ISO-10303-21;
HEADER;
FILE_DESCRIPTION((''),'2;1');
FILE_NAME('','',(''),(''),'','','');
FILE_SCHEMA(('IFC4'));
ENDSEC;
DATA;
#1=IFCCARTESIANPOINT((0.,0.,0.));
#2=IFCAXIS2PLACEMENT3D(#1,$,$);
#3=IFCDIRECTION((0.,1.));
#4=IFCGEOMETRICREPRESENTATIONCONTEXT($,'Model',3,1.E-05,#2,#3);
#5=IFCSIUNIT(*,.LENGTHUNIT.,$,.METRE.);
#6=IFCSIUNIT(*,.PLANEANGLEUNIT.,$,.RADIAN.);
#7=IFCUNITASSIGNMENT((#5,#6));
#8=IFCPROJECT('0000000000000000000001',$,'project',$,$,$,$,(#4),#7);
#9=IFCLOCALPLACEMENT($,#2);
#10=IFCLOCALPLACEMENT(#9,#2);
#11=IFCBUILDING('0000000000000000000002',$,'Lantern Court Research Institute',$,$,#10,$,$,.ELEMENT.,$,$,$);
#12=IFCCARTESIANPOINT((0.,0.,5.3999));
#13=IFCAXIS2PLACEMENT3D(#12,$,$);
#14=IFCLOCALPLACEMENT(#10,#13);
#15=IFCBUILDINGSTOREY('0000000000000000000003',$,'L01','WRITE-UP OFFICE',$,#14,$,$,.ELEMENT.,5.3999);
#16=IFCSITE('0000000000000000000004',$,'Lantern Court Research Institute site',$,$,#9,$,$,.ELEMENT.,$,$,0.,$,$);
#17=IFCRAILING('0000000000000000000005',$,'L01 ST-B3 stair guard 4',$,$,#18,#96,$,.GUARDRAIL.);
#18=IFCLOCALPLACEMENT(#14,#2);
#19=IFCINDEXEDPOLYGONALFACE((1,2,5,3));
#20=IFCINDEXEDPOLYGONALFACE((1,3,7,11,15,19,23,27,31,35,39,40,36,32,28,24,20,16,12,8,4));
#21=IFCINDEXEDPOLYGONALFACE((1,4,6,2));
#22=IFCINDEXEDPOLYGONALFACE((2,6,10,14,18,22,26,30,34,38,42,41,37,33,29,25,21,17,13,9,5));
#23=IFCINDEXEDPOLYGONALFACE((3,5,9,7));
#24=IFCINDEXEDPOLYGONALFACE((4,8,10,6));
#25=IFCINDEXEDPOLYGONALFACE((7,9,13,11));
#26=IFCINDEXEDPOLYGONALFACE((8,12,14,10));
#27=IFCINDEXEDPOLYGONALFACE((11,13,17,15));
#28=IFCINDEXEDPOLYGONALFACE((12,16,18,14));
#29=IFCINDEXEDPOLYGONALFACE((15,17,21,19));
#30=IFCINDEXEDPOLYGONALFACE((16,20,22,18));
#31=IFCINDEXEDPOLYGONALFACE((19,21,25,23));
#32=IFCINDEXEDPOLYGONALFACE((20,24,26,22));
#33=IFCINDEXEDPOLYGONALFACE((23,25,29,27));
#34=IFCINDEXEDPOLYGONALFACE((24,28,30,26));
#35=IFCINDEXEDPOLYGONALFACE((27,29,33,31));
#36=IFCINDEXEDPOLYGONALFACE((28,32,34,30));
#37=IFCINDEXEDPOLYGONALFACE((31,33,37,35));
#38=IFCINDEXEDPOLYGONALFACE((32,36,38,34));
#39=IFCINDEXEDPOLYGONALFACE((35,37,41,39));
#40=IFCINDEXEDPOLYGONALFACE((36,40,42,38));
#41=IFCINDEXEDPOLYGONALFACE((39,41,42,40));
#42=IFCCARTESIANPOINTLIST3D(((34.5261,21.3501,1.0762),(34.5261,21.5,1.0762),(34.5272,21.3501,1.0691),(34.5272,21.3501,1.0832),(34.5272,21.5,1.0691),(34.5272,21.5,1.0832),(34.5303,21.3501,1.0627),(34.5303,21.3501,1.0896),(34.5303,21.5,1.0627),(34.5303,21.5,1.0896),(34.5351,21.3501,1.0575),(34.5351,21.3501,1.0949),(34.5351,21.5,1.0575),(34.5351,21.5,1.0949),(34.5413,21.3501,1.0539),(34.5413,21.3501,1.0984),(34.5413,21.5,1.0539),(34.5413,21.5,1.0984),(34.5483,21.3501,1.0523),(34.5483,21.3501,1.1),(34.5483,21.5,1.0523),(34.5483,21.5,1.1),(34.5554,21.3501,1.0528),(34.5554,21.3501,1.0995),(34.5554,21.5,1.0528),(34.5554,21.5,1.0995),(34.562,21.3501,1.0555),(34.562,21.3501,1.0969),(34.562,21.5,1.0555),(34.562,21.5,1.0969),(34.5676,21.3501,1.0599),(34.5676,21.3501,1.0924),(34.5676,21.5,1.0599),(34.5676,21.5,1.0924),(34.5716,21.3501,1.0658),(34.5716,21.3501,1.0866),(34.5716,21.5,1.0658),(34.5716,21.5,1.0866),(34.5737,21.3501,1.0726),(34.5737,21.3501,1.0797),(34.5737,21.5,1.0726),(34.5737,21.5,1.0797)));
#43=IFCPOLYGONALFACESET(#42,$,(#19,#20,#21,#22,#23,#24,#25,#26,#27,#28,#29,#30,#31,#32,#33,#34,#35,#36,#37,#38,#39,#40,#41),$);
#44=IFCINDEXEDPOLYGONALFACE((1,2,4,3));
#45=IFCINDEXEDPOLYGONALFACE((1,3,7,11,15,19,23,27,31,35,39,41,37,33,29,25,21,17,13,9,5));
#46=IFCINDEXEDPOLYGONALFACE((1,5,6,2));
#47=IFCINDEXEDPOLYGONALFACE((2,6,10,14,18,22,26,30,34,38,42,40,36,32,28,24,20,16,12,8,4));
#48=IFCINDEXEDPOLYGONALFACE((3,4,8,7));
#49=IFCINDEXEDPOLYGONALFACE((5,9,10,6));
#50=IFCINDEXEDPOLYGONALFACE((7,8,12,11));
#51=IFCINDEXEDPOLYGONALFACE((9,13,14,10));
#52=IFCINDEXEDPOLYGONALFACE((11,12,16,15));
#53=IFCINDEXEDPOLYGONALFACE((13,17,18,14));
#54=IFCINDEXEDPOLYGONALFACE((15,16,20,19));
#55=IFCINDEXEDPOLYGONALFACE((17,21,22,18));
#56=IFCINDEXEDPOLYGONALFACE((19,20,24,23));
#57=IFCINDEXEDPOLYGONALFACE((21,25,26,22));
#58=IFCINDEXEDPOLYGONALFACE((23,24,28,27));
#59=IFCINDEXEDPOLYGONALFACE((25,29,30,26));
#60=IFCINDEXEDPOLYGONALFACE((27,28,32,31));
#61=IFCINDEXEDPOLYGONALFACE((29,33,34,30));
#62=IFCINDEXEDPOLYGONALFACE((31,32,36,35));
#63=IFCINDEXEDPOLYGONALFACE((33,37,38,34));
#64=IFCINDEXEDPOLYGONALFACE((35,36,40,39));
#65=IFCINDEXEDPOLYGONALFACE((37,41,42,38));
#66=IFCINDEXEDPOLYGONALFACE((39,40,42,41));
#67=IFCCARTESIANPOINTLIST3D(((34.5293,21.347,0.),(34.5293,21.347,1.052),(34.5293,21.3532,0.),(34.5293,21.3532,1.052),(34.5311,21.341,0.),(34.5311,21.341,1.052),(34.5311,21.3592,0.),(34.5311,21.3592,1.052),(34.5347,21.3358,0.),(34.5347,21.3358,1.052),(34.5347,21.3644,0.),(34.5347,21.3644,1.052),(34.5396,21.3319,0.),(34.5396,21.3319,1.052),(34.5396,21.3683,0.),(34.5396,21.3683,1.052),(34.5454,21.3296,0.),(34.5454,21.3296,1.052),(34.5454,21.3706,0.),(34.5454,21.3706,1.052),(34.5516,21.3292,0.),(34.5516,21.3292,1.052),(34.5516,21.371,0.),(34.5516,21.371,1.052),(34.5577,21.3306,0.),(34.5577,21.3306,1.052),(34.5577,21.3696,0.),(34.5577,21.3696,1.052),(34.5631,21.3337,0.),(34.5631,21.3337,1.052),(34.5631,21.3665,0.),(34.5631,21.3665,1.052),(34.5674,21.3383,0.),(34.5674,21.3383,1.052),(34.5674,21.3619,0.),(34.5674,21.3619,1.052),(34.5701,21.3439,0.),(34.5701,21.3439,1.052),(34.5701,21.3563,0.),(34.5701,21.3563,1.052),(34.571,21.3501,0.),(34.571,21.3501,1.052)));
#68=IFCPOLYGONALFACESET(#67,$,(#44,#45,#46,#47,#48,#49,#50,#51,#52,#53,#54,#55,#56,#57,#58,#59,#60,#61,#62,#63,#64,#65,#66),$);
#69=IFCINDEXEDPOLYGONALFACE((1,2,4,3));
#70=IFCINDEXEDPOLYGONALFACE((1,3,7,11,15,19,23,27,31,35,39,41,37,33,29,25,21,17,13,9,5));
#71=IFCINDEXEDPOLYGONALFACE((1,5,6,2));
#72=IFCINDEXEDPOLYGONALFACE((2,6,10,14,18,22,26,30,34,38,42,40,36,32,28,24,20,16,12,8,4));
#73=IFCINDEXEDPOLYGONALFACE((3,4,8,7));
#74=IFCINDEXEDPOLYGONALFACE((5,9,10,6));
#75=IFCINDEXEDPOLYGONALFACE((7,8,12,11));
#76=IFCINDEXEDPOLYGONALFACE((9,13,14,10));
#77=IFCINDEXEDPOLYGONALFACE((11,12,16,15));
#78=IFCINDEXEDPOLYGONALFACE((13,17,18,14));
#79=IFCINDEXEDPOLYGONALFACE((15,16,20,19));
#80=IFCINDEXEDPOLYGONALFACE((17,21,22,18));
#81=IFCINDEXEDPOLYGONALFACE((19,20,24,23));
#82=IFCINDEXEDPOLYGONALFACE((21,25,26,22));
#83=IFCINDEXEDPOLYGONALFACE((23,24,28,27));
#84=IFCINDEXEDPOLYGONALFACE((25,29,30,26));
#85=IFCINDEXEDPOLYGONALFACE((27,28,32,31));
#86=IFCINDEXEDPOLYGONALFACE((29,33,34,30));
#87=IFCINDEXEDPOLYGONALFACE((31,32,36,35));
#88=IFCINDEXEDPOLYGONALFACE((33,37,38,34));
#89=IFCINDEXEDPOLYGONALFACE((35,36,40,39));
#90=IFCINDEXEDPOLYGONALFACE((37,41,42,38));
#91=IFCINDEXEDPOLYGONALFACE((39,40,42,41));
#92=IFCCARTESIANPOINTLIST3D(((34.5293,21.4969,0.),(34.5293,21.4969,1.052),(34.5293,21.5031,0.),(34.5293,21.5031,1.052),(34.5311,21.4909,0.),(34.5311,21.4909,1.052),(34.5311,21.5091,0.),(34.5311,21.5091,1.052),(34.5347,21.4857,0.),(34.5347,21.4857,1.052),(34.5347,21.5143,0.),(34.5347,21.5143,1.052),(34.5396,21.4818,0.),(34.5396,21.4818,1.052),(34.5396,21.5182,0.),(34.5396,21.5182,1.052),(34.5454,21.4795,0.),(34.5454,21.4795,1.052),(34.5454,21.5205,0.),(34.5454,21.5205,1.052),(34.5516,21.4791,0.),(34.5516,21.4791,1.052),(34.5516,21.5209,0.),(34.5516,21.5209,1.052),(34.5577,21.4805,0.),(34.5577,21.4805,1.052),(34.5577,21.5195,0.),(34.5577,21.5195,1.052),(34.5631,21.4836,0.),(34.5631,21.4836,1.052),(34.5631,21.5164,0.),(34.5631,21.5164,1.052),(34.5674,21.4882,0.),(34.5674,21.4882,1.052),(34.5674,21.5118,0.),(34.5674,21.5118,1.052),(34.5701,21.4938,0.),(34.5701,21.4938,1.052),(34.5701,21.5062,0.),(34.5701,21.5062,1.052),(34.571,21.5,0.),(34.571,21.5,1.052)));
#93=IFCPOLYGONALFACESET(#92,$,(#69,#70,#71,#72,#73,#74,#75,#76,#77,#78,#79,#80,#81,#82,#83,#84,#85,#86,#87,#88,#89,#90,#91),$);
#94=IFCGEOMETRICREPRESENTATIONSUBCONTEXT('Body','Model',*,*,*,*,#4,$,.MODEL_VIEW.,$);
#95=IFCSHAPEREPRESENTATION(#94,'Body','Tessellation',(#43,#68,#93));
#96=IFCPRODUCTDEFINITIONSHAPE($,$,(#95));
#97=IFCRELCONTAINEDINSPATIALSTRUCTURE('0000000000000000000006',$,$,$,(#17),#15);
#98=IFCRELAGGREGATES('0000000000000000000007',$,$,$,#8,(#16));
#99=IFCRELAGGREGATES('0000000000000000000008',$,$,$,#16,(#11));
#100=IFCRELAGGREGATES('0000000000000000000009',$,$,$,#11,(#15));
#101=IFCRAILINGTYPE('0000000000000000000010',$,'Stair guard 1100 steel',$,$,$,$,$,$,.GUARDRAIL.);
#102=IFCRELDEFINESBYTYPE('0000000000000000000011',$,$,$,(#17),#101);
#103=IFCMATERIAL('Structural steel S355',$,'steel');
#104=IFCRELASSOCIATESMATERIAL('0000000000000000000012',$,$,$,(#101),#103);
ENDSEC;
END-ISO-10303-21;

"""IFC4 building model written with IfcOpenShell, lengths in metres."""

from ifc_helpers import new_model, si_unit, direction, frame, origin, origin_2d, place, context, subcontext, project, spatial, circle, extrude, material, type_object, element, save


model = new_model("IFC4")

# Units and contexts
model_context = context("Model", 3, precision=1e-05, world=origin(), true_north=direction((0.0, 1.0)))
body_context = subcontext(model_context, "Body", "Model", "MODEL_VIEW")
ifc_project = project(units=[si_unit("LENGTHUNIT", "METRE"), si_unit("PLANEANGLEUNIT", "RADIAN")], contexts=[model_context])

# Site, building, storey
site_placement = place(None, origin())
site = spatial("IfcSite", under=ifc_project, at=site_placement, Name="Lantern Court Research Institute site", CompositionType="ELEMENT", RefElevation=0.0)
building_placement = place(site_placement, origin())
building = spatial("IfcBuilding", under=site, at=building_placement, Name="Lantern Court Research Institute", CompositionType="ELEMENT")
storey_placement = place(building_placement, frame((0.0, 0.0, 5.3999)))
storey = spatial("IfcBuildingStorey", under=building, at=storey_placement, Name="L01", Description="WRITE-UP OFFICE", CompositionType="ELEMENT", Elevation=5.3999)

# Railing
ifc_material_1 = material(Name="Structural steel S355", Category="steel")
railing_type_1 = type_object("IfcRailingType", Name="Stair guard 1100 steel", PredefinedType="GUARDRAIL", material=ifc_material_1)
railing_1_placement = place(storey_placement, frame((34.55, 21.3501, 0.0)))
element("IfcRailing", 1, at=railing_1_placement, inside=storey, type_object=railing_type_1, Name="L01 ST-B3 stair guard 4", PredefinedType="GUARDRAIL", context=body_context, shape_type="SweptSolid", body=[
    extrude(circle(Radius=0.0239, at=origin_2d()), frame((0.0, 0.0, 1.0762), z_axis=(0.0, 1.0, 0.0), x_axis=(-1.0, 0.0, 0.0)), (0.0, 0.0, 1.0), 0.1499),
    extrude(circle(Radius=0.021, at=origin_2d()), origin(), (0.0, 0.0, 1.0), 1.052),
    extrude(circle(Radius=0.021, at=origin_2d()), frame((0.0, 0.1499, 0.0)), (0.0, 0.0, 1.0), 1.052),
])

save(model, "model.ifc")
